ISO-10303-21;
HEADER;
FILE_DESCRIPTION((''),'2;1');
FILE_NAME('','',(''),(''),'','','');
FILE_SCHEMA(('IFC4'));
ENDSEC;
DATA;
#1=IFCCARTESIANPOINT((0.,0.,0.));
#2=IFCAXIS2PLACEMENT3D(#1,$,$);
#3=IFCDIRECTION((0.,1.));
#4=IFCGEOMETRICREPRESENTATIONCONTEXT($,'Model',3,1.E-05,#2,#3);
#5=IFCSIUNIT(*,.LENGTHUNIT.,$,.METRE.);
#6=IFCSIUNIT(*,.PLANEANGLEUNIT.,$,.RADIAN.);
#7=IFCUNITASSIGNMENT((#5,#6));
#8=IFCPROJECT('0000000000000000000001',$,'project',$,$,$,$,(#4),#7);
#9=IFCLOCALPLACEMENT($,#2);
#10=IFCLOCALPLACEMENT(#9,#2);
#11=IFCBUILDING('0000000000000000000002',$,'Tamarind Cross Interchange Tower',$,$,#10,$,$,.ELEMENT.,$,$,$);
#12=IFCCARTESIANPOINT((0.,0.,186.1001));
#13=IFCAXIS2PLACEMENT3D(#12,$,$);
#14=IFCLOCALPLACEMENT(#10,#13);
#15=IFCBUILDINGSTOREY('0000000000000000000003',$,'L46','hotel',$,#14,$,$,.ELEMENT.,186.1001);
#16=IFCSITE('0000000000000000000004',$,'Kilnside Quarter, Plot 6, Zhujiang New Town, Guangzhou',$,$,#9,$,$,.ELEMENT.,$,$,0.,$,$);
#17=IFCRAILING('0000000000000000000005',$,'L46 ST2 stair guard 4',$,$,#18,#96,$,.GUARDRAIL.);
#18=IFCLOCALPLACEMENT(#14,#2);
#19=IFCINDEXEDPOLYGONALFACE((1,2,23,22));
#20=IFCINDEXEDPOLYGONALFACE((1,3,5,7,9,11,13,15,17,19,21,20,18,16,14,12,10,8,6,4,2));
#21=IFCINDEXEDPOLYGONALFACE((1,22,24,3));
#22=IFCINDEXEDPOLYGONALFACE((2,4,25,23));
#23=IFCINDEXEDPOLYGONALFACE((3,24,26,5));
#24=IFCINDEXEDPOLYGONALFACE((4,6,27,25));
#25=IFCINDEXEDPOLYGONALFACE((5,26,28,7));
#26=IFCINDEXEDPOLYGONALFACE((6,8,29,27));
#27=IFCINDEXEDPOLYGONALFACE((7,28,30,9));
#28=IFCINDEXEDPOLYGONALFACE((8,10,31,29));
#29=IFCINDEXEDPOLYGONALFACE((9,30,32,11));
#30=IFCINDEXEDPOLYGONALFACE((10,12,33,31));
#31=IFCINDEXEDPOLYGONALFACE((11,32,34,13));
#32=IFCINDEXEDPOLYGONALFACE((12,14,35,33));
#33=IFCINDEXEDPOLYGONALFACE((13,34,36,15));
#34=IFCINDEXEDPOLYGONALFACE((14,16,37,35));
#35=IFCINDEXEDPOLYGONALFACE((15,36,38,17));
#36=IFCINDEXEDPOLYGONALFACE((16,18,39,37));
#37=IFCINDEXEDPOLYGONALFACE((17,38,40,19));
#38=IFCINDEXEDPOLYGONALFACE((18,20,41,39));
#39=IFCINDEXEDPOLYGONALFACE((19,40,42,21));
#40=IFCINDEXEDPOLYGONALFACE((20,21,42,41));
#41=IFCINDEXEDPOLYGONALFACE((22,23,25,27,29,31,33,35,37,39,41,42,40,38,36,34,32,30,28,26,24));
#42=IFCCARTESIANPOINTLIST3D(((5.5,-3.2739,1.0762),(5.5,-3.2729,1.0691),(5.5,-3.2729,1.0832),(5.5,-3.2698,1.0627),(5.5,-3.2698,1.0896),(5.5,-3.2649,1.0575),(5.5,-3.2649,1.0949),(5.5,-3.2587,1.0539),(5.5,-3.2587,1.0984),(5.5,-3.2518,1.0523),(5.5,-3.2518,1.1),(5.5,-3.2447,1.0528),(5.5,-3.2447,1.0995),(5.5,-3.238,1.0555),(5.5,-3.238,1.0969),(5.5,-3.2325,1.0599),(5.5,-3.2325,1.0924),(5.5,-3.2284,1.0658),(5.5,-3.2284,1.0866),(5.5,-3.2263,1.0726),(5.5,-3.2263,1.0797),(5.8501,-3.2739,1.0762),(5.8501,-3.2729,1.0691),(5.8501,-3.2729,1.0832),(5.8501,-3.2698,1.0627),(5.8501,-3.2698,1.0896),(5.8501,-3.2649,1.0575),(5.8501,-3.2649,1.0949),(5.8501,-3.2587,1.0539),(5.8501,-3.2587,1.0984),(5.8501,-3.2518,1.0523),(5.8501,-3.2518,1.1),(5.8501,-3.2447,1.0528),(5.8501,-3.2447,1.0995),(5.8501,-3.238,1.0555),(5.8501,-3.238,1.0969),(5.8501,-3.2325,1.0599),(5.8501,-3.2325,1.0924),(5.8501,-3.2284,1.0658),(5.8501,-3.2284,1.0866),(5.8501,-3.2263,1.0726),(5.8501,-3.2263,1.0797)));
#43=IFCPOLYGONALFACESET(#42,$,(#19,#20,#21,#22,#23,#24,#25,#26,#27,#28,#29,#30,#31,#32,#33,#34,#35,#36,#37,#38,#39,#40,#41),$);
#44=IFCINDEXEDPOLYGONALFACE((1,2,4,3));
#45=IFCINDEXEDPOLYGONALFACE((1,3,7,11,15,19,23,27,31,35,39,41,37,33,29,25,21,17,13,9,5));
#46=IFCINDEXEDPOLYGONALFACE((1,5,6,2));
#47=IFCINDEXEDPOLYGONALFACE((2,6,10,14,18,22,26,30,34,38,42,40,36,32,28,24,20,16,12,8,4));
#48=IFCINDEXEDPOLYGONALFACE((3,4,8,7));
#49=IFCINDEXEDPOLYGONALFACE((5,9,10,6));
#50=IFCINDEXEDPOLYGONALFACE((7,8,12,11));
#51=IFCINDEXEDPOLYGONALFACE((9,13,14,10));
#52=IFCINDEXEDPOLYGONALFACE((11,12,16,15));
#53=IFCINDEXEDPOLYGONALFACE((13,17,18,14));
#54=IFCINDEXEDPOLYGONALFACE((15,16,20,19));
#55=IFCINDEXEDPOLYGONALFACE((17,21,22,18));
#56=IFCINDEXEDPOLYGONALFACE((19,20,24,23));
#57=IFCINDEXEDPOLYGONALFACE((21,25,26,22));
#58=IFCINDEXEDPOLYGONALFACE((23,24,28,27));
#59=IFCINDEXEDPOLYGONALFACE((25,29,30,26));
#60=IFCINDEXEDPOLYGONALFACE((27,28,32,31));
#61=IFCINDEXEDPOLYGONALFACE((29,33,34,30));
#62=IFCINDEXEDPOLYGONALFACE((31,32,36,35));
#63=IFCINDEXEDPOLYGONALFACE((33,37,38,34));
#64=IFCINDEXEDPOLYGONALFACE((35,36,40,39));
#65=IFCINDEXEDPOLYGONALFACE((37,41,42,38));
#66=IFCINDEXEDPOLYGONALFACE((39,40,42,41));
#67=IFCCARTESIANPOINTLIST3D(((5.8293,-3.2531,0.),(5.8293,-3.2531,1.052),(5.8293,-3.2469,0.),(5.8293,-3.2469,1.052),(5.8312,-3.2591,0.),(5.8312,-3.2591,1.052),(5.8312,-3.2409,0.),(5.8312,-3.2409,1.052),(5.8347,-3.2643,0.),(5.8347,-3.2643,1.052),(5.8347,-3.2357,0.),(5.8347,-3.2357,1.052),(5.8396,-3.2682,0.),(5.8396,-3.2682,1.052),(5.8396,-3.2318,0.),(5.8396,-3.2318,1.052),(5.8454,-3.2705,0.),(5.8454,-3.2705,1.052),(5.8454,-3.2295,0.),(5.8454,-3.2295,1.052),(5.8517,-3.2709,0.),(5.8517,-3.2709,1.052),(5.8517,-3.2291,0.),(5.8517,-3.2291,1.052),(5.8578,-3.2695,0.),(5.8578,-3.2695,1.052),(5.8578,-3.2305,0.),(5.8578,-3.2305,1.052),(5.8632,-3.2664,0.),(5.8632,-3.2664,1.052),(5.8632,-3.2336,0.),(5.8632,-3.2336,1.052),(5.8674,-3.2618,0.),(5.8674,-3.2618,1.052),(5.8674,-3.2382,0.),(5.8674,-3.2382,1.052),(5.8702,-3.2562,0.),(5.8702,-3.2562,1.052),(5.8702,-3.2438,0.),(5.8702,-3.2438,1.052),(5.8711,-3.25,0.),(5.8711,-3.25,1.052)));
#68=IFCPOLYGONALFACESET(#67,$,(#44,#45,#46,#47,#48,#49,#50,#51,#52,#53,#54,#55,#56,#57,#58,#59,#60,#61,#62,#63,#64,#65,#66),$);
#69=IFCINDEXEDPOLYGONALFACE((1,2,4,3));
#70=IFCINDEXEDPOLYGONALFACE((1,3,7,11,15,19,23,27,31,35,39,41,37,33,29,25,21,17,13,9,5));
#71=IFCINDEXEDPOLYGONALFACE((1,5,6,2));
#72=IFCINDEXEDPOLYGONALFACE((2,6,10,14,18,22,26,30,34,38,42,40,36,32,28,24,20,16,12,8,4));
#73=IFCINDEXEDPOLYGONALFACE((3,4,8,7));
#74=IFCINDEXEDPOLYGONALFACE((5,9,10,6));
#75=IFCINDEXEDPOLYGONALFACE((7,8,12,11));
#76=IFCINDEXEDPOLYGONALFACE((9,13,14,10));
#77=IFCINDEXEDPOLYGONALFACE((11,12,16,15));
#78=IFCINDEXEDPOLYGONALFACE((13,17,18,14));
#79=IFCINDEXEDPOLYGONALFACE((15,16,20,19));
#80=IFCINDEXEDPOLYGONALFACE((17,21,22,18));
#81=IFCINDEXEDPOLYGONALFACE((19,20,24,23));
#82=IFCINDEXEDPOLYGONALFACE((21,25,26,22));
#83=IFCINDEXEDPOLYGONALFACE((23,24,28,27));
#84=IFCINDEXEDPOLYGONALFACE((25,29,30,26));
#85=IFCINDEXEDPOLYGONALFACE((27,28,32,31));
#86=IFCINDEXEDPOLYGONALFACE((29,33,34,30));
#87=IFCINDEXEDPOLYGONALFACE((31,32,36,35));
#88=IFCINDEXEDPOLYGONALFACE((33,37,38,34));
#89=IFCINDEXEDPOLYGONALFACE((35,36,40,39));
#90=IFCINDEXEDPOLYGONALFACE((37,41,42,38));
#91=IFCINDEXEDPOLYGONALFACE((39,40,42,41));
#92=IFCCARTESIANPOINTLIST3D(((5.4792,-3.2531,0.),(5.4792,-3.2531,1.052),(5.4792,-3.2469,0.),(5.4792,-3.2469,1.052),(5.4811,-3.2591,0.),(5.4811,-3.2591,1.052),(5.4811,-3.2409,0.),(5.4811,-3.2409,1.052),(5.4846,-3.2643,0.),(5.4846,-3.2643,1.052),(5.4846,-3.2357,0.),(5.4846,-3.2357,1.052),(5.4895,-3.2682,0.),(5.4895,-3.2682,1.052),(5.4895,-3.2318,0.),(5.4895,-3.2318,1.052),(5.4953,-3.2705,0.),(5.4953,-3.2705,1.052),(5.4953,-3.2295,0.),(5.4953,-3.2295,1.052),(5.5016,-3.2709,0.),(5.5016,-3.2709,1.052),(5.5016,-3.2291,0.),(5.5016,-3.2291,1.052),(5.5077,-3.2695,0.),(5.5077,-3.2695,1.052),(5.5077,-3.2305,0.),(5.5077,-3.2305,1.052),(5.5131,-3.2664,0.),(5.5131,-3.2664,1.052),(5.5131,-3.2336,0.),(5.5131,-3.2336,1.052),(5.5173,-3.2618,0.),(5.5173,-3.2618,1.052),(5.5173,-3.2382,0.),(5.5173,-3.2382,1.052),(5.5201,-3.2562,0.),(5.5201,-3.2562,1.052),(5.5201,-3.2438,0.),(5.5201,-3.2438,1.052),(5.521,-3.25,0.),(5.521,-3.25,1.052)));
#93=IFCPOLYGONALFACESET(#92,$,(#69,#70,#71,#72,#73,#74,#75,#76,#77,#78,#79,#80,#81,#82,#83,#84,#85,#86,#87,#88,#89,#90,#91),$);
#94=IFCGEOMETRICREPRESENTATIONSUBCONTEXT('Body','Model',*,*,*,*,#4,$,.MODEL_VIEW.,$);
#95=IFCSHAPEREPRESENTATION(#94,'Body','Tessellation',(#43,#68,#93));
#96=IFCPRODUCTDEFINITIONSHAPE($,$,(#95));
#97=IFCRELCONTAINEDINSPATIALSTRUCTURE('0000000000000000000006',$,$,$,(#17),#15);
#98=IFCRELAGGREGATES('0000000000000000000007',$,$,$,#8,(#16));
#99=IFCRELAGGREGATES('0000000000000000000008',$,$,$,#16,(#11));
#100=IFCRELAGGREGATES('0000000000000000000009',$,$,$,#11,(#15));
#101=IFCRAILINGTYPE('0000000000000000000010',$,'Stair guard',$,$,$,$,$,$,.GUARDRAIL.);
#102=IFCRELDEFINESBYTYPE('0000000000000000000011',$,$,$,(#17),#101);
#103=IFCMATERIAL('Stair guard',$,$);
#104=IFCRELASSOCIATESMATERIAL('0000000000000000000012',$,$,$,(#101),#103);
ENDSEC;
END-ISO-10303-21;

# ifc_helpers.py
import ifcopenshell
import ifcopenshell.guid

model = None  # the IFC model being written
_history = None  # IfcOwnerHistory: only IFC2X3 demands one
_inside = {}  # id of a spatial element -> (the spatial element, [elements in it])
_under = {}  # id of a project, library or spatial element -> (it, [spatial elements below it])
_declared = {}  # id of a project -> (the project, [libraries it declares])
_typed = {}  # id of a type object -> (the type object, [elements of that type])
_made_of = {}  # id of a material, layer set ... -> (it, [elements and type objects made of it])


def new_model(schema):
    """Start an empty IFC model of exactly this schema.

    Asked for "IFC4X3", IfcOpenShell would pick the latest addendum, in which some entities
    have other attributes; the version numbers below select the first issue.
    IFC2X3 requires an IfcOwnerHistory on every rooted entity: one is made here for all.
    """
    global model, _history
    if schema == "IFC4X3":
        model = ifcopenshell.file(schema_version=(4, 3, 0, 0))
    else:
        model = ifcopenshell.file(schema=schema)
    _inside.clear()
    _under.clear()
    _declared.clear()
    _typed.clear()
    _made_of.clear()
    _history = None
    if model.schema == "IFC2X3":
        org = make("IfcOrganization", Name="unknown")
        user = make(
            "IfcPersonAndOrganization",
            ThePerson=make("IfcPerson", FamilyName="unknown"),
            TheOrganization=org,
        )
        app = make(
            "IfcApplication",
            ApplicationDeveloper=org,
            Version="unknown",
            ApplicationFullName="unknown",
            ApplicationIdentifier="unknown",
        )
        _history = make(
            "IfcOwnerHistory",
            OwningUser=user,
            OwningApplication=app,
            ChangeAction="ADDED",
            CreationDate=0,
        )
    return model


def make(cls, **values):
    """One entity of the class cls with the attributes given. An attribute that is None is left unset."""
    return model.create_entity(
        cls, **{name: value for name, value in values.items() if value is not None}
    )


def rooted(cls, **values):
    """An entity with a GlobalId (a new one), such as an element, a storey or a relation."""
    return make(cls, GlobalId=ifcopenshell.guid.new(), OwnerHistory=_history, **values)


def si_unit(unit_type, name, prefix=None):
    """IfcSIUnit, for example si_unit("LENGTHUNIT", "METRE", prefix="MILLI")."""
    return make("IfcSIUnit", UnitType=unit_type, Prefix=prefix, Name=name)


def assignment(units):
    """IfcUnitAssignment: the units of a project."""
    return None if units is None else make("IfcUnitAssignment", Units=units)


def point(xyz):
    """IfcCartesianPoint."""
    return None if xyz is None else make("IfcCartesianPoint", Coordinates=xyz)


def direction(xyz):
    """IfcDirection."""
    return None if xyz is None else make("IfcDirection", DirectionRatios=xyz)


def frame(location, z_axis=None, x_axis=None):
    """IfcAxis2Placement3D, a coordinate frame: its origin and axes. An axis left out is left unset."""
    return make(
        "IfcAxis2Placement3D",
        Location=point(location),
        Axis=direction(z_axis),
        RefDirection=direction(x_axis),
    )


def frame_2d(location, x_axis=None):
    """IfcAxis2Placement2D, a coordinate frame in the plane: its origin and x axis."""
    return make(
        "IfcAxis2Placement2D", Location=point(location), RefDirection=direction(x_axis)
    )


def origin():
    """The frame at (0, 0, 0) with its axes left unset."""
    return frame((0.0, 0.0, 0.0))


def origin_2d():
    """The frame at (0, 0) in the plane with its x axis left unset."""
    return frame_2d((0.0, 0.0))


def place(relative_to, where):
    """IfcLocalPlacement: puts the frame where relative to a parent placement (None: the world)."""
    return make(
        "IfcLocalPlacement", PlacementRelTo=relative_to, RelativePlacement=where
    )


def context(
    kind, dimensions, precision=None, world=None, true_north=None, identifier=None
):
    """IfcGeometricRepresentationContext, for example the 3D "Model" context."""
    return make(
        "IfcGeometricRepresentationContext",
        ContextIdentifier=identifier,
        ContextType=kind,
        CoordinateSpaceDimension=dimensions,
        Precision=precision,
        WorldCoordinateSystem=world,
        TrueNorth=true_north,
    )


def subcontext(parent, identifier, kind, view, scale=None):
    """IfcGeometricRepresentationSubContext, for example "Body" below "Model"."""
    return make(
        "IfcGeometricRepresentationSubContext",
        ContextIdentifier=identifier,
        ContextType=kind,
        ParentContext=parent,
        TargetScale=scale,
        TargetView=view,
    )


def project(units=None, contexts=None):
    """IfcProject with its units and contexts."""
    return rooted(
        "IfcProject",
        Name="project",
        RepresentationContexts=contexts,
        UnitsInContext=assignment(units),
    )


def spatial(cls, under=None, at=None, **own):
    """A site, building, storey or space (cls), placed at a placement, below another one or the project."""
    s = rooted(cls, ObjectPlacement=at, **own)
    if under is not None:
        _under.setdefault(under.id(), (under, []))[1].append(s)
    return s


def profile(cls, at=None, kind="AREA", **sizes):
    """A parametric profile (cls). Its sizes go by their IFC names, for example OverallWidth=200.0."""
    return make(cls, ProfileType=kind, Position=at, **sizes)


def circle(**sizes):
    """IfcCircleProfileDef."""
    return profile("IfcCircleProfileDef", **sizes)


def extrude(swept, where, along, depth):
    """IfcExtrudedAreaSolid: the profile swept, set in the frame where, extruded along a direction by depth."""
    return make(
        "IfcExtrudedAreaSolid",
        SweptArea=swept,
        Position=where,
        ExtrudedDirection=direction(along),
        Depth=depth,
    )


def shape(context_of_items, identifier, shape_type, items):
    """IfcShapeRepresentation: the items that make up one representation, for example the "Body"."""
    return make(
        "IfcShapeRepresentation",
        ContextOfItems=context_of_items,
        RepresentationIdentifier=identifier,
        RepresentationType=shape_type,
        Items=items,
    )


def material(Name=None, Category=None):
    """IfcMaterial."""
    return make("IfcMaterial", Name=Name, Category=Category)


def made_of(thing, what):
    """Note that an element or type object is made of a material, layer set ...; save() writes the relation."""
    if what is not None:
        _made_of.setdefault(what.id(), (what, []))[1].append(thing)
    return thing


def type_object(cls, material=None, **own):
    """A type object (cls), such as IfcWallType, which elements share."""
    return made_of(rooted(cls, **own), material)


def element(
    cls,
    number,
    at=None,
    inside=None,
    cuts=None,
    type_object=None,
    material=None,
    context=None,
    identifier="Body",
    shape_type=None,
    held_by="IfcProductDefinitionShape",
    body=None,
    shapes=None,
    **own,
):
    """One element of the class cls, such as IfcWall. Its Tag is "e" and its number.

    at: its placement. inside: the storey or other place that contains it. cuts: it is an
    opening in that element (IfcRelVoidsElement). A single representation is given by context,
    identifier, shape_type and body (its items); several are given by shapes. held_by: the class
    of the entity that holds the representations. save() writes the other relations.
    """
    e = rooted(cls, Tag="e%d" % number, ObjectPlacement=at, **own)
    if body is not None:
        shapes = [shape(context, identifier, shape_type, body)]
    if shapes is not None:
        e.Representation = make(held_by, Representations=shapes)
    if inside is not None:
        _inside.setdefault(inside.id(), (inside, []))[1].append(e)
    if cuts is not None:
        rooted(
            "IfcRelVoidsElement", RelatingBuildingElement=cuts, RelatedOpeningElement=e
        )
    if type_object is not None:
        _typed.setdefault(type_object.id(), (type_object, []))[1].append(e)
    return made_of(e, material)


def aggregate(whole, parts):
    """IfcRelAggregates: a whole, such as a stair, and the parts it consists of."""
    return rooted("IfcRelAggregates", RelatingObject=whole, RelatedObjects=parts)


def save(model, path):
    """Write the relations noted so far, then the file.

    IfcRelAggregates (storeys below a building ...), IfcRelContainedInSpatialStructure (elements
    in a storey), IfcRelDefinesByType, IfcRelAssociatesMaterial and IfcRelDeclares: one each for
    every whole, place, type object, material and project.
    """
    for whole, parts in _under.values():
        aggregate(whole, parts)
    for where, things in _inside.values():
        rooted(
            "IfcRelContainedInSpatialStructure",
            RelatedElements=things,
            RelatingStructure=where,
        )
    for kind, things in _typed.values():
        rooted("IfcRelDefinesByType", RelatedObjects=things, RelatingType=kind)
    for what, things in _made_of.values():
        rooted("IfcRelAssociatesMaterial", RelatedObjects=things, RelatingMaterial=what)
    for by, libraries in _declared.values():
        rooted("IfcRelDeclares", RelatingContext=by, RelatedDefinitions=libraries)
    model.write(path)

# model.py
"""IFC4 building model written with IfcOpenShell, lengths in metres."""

from ifc_helpers import new_model, si_unit, direction, frame, origin, origin_2d, place, context, subcontext, project, spatial, circle, extrude, material, type_object, element, save


model = new_model("IFC4")

# Units and contexts
model_context = context("Model", 3, precision=1e-05, world=origin(), true_north=direction((0.0, 1.0)))
body_context = subcontext(model_context, "Body", "Model", "MODEL_VIEW")
ifc_project = project(units=[si_unit("LENGTHUNIT", "METRE"), si_unit("PLANEANGLEUNIT", "RADIAN")], contexts=[model_context])

# Site, building, storey
site_placement = place(None, origin())
site = spatial("IfcSite", under=ifc_project, at=site_placement, Name="Kilnside Quarter, Plot 6, Zhujiang New Town, Guangzhou", CompositionType="ELEMENT", RefElevation=0.0)
building_placement = place(site_placement, origin())
building = spatial("IfcBuilding", under=site, at=building_placement, Name="Tamarind Cross Interchange Tower", CompositionType="ELEMENT")
storey_placement = place(building_placement, frame((0.0, 0.0, 186.1001)))
storey = spatial("IfcBuildingStorey", under=building, at=storey_placement, Name="L46", Description="hotel", CompositionType="ELEMENT", Elevation=186.1001)

# Railing
ifc_material_1 = material(Name="Stair guard")
railing_type_1 = type_object("IfcRailingType", Name="Stair guard", PredefinedType="GUARDRAIL", material=ifc_material_1)
railing_1_placement = place(storey_placement, frame((5.8501, -3.25, 0.0)))
element("IfcRailing", 1, at=railing_1_placement, inside=storey, type_object=railing_type_1, Name="L46 ST2 stair guard 4", PredefinedType="GUARDRAIL", context=body_context, shape_type="SweptSolid", body=[
    extrude(circle(Radius=0.0239, at=origin_2d()), frame((0.0, 0.0, 1.0762), z_axis=(-1.0, 0.0, 0.0), x_axis=(0.0, -1.0, 0.0)), (0.0, 0.0, 1.0), 0.3501),
    extrude(circle(Radius=0.021, at=origin_2d()), origin(), (0.0, 0.0, 1.0), 1.052),
    extrude(circle(Radius=0.021, at=origin_2d()), frame((-0.3501, 0.0, 0.0)), (0.0, 0.0, 1.0), 1.052),
])

save(model, "model.ifc")
